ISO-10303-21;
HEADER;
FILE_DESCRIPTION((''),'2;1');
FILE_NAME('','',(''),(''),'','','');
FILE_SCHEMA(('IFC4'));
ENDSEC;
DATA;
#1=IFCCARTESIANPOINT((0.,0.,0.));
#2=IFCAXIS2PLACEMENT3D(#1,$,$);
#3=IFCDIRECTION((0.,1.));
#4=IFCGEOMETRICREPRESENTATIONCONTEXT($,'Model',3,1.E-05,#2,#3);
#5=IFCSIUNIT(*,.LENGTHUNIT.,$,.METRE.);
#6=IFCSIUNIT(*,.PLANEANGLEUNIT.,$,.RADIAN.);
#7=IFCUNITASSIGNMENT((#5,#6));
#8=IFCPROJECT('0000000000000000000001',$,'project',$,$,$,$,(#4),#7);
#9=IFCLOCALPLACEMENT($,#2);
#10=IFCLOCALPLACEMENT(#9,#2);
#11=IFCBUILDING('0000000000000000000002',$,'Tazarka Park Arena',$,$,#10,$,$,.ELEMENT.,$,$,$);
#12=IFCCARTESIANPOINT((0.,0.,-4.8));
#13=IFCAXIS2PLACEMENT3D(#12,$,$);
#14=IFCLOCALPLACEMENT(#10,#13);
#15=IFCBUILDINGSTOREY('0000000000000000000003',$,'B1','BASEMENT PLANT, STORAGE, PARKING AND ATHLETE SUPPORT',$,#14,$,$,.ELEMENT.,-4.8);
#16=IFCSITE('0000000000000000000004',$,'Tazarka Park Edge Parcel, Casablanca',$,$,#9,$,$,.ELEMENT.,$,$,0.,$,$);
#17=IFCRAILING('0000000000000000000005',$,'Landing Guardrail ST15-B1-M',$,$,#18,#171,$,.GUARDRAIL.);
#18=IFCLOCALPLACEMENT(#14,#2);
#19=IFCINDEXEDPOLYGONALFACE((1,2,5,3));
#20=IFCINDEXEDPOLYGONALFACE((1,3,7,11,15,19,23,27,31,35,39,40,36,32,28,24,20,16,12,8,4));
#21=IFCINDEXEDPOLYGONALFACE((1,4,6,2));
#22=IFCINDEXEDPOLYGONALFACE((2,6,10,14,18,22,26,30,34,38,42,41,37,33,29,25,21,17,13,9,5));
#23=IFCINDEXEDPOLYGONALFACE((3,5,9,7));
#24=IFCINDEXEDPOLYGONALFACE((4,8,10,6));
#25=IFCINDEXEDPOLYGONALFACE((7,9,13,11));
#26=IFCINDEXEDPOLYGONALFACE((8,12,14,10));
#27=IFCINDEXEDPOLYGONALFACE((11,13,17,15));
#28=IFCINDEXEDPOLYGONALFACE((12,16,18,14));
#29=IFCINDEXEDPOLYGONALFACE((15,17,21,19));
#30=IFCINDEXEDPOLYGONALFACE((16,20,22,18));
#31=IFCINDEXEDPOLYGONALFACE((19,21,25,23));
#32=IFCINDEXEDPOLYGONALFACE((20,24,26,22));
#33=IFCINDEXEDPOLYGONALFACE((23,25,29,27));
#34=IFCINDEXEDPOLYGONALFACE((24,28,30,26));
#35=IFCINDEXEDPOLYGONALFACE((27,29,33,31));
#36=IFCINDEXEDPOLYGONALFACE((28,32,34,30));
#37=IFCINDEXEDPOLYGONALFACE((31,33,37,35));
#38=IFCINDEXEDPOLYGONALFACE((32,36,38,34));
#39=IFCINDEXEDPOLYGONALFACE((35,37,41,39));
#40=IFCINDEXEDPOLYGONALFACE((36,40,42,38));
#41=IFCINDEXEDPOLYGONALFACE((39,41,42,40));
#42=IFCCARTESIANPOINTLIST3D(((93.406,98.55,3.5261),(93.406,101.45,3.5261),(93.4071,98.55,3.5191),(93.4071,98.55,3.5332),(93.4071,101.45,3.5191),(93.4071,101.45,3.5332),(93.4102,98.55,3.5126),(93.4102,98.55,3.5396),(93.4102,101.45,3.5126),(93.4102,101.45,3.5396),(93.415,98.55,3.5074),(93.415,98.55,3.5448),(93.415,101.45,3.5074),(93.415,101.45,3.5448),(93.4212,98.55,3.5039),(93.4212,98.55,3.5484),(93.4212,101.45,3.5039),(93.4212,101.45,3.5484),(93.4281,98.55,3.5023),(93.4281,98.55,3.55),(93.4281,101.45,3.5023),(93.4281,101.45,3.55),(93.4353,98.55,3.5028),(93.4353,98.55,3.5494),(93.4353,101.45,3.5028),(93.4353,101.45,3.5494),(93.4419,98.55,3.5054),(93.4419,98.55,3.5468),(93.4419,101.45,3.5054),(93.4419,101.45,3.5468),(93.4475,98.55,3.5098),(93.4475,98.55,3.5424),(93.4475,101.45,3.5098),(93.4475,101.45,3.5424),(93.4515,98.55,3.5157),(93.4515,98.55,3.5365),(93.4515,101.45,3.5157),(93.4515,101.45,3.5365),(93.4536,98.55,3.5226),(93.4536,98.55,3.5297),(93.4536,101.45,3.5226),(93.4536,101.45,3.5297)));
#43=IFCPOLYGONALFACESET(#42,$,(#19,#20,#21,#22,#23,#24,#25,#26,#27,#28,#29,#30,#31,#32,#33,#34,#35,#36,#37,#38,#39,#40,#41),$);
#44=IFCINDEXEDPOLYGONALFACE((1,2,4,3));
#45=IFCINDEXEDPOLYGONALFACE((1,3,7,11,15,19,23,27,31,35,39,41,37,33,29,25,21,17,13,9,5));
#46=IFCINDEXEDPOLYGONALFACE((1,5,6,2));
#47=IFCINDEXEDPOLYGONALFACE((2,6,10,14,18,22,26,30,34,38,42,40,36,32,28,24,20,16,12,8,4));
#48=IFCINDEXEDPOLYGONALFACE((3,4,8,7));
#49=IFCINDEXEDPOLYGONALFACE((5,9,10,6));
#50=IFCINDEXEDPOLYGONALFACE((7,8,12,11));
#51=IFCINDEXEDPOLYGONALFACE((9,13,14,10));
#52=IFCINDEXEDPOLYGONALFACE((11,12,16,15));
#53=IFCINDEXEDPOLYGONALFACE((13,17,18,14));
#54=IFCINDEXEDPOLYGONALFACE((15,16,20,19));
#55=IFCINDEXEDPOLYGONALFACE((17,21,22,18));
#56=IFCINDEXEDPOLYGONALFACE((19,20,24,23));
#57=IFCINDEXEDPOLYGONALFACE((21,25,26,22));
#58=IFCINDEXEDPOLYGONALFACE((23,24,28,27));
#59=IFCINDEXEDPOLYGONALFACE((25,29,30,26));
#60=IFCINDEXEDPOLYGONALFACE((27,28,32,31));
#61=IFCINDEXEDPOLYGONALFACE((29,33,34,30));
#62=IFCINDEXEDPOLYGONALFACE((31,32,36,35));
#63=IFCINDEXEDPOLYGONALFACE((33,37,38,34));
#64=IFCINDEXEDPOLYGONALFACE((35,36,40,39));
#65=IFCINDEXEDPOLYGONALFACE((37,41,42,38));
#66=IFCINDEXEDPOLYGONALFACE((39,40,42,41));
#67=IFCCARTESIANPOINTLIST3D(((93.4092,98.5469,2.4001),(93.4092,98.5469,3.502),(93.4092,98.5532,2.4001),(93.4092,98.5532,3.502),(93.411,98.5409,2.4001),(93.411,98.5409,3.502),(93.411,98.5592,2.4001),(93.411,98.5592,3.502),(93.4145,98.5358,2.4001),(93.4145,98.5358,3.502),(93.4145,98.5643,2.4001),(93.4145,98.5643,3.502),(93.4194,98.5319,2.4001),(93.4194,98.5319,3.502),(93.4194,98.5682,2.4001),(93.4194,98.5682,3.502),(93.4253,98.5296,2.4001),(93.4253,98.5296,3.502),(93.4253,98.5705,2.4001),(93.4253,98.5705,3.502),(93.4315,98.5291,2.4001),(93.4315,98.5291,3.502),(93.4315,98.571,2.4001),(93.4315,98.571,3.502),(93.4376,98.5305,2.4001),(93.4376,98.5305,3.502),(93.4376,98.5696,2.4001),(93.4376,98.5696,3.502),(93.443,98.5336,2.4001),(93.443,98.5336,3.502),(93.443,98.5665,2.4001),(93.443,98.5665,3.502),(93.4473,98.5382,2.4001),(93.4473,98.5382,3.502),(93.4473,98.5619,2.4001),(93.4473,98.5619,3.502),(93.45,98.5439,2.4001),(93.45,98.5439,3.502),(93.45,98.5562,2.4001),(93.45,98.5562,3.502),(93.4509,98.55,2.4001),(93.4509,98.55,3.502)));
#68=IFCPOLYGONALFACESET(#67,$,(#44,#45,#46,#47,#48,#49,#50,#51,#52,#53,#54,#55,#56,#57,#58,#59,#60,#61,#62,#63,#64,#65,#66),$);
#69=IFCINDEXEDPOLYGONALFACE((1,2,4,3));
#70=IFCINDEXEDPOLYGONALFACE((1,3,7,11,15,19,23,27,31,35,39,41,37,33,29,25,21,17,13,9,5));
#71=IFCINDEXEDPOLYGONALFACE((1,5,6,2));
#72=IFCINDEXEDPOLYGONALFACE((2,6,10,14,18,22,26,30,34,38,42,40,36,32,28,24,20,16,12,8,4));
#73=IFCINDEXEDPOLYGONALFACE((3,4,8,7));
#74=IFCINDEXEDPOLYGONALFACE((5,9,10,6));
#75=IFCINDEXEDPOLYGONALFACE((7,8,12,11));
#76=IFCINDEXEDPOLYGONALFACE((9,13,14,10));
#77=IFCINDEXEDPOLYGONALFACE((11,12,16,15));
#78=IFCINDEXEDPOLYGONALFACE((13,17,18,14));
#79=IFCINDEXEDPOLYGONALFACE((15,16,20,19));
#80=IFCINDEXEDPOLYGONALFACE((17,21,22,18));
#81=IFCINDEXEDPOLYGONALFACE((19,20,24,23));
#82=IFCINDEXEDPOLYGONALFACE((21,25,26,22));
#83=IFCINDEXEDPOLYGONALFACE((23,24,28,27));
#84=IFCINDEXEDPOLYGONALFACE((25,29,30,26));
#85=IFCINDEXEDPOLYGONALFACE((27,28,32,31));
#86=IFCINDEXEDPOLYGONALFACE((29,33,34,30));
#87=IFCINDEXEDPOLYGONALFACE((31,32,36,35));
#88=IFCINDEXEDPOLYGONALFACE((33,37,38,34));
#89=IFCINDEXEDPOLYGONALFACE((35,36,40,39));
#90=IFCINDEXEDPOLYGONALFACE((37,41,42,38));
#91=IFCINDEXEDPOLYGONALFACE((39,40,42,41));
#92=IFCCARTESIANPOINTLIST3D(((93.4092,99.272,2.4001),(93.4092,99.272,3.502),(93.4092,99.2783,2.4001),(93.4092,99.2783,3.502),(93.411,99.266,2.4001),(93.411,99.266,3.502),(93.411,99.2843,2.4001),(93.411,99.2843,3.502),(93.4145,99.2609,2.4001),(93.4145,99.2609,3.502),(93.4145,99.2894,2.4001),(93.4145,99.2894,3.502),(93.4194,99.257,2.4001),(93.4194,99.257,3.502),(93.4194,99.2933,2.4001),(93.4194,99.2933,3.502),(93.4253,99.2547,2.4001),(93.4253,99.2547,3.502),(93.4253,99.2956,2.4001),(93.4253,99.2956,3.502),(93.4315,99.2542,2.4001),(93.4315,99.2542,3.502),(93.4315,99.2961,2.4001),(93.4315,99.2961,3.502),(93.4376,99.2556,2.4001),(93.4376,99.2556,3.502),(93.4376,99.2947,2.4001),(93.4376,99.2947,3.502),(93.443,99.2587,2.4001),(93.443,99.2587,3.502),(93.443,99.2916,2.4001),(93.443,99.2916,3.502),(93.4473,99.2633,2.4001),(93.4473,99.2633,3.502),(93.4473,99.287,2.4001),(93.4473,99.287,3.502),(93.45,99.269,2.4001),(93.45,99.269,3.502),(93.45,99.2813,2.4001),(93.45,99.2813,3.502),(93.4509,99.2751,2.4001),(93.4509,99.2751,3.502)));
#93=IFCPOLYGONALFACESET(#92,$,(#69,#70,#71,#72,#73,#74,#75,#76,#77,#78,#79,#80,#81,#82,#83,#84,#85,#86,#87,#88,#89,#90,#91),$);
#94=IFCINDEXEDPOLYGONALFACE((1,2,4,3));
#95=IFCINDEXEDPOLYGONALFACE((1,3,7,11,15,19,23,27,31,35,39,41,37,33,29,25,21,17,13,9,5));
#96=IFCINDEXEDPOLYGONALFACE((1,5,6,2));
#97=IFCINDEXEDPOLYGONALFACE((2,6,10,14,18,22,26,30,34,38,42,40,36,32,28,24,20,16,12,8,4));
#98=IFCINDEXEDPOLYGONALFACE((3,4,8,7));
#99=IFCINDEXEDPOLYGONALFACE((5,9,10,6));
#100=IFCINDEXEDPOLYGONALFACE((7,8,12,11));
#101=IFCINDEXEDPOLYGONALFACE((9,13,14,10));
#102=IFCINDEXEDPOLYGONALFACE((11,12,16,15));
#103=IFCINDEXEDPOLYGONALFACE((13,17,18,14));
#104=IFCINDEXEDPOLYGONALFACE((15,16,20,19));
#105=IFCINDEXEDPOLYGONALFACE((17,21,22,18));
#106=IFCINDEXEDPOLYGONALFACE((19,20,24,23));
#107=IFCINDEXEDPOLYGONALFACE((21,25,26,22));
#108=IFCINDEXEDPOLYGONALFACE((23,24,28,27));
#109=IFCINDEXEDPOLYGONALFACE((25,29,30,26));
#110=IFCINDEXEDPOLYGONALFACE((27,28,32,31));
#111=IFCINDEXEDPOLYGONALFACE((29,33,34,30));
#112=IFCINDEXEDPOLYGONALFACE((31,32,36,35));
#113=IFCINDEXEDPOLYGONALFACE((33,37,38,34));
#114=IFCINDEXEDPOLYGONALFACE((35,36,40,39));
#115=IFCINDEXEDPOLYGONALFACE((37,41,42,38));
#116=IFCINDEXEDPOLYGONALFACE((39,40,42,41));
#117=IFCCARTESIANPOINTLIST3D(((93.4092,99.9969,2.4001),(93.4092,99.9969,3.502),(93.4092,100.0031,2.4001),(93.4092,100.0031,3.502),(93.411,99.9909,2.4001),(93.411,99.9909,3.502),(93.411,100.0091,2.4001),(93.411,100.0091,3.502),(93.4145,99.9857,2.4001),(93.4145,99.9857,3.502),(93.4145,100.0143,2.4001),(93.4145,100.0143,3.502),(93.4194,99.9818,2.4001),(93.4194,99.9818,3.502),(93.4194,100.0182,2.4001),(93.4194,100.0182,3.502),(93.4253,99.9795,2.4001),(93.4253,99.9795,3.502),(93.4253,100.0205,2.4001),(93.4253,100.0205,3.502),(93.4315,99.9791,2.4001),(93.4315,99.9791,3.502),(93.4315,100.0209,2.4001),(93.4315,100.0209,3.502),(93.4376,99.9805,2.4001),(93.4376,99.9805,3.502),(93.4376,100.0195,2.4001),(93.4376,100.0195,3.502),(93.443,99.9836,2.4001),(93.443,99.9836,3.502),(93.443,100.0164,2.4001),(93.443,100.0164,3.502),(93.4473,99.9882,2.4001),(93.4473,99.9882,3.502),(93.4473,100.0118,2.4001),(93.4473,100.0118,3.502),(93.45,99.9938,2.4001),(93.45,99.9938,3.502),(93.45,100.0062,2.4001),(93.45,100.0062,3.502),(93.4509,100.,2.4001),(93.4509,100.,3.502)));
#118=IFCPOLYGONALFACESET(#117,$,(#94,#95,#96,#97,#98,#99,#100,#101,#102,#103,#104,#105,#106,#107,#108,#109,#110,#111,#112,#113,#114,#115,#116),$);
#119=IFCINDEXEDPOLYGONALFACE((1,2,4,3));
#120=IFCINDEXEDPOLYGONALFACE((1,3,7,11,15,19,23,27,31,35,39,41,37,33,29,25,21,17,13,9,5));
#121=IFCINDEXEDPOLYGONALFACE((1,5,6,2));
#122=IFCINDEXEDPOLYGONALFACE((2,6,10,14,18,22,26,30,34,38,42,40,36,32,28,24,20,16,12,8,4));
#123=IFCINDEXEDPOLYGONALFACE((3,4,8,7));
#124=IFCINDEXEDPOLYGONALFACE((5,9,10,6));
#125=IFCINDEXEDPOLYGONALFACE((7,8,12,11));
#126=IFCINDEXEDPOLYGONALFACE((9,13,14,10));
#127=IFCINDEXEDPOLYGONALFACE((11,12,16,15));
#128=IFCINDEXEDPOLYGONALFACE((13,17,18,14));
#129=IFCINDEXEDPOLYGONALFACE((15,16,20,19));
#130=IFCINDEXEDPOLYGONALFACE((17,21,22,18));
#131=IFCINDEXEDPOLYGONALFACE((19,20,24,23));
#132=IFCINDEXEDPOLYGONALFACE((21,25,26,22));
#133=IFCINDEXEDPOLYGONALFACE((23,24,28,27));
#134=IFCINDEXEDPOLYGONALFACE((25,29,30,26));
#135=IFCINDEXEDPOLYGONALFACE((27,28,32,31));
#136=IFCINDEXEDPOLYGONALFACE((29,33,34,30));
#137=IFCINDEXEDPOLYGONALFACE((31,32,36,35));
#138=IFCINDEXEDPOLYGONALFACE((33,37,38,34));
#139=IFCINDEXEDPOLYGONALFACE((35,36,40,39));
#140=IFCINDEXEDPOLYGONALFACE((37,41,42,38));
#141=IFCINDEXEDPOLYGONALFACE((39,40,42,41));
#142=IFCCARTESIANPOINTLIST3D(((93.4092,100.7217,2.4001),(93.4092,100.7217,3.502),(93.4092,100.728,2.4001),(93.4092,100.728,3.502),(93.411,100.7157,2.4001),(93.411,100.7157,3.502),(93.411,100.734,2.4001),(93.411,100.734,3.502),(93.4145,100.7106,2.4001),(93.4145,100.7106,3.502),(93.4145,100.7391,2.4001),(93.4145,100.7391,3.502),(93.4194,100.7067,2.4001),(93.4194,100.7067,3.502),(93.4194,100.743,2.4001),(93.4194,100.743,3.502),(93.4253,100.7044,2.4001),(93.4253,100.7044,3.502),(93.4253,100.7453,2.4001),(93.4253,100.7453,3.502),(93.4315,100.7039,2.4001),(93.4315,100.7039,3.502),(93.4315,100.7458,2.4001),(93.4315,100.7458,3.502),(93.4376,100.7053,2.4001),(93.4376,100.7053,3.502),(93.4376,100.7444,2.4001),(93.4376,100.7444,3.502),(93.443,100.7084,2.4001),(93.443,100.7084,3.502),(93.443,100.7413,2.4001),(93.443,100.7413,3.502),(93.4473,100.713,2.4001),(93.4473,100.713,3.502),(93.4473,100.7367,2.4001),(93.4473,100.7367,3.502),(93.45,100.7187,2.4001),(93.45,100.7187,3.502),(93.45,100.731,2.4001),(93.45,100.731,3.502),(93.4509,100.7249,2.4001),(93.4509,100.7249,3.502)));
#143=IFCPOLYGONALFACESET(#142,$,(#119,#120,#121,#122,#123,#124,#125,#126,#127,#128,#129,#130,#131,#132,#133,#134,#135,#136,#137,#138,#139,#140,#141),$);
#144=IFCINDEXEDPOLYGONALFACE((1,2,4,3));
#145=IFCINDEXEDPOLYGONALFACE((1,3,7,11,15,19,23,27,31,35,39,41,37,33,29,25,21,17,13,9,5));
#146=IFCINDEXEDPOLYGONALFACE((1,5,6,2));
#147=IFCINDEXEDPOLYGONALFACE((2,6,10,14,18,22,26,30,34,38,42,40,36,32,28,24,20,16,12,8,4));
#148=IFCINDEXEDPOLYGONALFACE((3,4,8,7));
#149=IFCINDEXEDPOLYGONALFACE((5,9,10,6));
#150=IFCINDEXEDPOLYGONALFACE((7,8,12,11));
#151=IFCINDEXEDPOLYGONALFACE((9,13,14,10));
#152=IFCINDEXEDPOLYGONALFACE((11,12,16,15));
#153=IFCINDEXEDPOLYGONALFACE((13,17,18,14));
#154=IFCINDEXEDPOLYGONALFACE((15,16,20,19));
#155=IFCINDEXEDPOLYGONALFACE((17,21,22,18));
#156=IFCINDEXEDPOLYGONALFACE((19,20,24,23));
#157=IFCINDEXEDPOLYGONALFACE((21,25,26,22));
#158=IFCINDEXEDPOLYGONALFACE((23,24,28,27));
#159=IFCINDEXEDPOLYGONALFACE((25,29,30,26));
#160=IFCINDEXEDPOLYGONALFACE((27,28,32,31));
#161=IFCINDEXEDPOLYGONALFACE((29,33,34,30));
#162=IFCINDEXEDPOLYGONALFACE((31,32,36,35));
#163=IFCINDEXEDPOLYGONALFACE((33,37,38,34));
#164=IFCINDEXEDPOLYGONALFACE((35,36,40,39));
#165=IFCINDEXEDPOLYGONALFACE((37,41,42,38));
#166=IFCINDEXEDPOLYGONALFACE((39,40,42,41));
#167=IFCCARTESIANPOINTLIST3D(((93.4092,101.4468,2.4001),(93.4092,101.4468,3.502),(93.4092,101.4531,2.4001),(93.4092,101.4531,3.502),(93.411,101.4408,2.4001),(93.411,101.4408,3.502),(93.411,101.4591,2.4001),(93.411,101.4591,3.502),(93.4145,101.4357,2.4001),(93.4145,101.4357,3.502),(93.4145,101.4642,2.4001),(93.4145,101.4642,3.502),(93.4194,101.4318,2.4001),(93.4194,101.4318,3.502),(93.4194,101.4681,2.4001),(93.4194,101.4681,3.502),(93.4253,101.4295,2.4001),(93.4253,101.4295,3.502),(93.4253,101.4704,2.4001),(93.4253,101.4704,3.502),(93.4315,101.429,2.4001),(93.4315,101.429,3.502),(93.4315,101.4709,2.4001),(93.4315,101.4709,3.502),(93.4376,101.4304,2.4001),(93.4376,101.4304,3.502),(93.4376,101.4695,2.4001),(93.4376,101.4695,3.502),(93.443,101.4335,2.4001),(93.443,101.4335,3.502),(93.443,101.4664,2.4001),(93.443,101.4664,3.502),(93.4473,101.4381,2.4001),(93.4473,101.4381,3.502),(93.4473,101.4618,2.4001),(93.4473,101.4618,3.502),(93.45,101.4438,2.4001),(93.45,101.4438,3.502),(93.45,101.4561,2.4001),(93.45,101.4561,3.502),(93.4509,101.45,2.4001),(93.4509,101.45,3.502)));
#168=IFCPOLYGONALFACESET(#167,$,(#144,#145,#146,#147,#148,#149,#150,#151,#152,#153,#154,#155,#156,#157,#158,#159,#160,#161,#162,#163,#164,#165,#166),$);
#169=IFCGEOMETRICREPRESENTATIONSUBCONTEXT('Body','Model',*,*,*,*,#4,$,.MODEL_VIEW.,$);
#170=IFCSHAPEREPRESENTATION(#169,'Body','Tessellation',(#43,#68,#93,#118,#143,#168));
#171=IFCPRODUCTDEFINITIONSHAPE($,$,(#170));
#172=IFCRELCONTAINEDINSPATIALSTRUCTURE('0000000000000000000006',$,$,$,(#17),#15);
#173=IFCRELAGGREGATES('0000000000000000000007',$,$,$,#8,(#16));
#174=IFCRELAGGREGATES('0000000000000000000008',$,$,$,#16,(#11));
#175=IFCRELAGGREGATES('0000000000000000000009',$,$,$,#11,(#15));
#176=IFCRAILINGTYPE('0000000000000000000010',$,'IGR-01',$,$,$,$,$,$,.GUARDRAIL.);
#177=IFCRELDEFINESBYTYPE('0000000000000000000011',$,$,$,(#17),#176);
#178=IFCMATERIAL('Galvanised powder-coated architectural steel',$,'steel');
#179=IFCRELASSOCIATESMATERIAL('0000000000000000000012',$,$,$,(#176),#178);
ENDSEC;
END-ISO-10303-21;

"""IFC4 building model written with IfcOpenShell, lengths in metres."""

from ifc_helpers import new_model, si_unit, direction, frame, origin, origin_2d, place, context, subcontext, project, spatial, circle, extrude, material, type_object, element, save


model = new_model("IFC4")

# Units and contexts
model_context = context("Model", 3, precision=1e-05, world=origin(), true_north=direction((0.0, 1.0)))
body_context = subcontext(model_context, "Body", "Model", "MODEL_VIEW")
ifc_project = project(units=[si_unit("LENGTHUNIT", "METRE"), si_unit("PLANEANGLEUNIT", "RADIAN")], contexts=[model_context])

# Site, building, storey
site_placement = place(None, origin())
site = spatial("IfcSite", under=ifc_project, at=site_placement, Name="Tazarka Park Edge Parcel, Casablanca", CompositionType="ELEMENT", RefElevation=0.0)
building_placement = place(site_placement, origin())
building = spatial("IfcBuilding", under=site, at=building_placement, Name="Tazarka Park Arena", CompositionType="ELEMENT")
storey_placement = place(building_placement, frame((0.0, 0.0, -4.8)))
storey = spatial("IfcBuildingStorey", under=building, at=storey_placement, Name="B1", Description="BASEMENT PLANT, STORAGE, PARKING AND ATHLETE SUPPORT", CompositionType="ELEMENT", Elevation=-4.8)

# Railing
ifc_material_1 = material(Name="Galvanised powder-coated architectural steel", Category="steel")
railing_type_1 = type_object("IfcRailingType", Name="IGR-01", PredefinedType="GUARDRAIL", material=ifc_material_1)
for number, where, name in (
    (1, (93.4299, 98.55, 2.4001), "Landing Guardrail ST15-B1-M"),
):
    element("IfcRailing", number, at=place(storey_placement, frame(where)), inside=storey, type_object=railing_type_1, Name=name, PredefinedType="GUARDRAIL", context=body_context, shape_type="SweptSolid", body=[
        extrude(circle(Radius=0.0239, at=origin_2d()), frame((0.0, 0.0, 1.126), z_axis=(0.0, 1.0, 0.0), x_axis=(-1.0, 0.0, 0.0)), (0.0, 0.0, 1.0), 2.8999),
        extrude(circle(Radius=0.021, at=origin_2d()), origin(), (0.0, 0.0, 1.0), 1.1018),
        extrude(circle(Radius=0.021, at=origin_2d()), frame((0.0, 0.7251, 0.0)), (0.0, 0.0, 1.0), 1.1018),
        extrude(circle(Radius=0.021, at=origin_2d()), frame((0.0, 1.45, 0.0)), (0.0, 0.0, 1.0), 1.1018),
        extrude(circle(Radius=0.021, at=origin_2d()), frame((0.0, 2.1748, 0.0)), (0.0, 0.0, 1.0), 1.1018),
        extrude(circle(Radius=0.021, at=origin_2d()), frame((0.0, 2.8999, 0.0)), (0.0, 0.0, 1.0), 1.1018),
    ])

save(model, "model.ifc")
